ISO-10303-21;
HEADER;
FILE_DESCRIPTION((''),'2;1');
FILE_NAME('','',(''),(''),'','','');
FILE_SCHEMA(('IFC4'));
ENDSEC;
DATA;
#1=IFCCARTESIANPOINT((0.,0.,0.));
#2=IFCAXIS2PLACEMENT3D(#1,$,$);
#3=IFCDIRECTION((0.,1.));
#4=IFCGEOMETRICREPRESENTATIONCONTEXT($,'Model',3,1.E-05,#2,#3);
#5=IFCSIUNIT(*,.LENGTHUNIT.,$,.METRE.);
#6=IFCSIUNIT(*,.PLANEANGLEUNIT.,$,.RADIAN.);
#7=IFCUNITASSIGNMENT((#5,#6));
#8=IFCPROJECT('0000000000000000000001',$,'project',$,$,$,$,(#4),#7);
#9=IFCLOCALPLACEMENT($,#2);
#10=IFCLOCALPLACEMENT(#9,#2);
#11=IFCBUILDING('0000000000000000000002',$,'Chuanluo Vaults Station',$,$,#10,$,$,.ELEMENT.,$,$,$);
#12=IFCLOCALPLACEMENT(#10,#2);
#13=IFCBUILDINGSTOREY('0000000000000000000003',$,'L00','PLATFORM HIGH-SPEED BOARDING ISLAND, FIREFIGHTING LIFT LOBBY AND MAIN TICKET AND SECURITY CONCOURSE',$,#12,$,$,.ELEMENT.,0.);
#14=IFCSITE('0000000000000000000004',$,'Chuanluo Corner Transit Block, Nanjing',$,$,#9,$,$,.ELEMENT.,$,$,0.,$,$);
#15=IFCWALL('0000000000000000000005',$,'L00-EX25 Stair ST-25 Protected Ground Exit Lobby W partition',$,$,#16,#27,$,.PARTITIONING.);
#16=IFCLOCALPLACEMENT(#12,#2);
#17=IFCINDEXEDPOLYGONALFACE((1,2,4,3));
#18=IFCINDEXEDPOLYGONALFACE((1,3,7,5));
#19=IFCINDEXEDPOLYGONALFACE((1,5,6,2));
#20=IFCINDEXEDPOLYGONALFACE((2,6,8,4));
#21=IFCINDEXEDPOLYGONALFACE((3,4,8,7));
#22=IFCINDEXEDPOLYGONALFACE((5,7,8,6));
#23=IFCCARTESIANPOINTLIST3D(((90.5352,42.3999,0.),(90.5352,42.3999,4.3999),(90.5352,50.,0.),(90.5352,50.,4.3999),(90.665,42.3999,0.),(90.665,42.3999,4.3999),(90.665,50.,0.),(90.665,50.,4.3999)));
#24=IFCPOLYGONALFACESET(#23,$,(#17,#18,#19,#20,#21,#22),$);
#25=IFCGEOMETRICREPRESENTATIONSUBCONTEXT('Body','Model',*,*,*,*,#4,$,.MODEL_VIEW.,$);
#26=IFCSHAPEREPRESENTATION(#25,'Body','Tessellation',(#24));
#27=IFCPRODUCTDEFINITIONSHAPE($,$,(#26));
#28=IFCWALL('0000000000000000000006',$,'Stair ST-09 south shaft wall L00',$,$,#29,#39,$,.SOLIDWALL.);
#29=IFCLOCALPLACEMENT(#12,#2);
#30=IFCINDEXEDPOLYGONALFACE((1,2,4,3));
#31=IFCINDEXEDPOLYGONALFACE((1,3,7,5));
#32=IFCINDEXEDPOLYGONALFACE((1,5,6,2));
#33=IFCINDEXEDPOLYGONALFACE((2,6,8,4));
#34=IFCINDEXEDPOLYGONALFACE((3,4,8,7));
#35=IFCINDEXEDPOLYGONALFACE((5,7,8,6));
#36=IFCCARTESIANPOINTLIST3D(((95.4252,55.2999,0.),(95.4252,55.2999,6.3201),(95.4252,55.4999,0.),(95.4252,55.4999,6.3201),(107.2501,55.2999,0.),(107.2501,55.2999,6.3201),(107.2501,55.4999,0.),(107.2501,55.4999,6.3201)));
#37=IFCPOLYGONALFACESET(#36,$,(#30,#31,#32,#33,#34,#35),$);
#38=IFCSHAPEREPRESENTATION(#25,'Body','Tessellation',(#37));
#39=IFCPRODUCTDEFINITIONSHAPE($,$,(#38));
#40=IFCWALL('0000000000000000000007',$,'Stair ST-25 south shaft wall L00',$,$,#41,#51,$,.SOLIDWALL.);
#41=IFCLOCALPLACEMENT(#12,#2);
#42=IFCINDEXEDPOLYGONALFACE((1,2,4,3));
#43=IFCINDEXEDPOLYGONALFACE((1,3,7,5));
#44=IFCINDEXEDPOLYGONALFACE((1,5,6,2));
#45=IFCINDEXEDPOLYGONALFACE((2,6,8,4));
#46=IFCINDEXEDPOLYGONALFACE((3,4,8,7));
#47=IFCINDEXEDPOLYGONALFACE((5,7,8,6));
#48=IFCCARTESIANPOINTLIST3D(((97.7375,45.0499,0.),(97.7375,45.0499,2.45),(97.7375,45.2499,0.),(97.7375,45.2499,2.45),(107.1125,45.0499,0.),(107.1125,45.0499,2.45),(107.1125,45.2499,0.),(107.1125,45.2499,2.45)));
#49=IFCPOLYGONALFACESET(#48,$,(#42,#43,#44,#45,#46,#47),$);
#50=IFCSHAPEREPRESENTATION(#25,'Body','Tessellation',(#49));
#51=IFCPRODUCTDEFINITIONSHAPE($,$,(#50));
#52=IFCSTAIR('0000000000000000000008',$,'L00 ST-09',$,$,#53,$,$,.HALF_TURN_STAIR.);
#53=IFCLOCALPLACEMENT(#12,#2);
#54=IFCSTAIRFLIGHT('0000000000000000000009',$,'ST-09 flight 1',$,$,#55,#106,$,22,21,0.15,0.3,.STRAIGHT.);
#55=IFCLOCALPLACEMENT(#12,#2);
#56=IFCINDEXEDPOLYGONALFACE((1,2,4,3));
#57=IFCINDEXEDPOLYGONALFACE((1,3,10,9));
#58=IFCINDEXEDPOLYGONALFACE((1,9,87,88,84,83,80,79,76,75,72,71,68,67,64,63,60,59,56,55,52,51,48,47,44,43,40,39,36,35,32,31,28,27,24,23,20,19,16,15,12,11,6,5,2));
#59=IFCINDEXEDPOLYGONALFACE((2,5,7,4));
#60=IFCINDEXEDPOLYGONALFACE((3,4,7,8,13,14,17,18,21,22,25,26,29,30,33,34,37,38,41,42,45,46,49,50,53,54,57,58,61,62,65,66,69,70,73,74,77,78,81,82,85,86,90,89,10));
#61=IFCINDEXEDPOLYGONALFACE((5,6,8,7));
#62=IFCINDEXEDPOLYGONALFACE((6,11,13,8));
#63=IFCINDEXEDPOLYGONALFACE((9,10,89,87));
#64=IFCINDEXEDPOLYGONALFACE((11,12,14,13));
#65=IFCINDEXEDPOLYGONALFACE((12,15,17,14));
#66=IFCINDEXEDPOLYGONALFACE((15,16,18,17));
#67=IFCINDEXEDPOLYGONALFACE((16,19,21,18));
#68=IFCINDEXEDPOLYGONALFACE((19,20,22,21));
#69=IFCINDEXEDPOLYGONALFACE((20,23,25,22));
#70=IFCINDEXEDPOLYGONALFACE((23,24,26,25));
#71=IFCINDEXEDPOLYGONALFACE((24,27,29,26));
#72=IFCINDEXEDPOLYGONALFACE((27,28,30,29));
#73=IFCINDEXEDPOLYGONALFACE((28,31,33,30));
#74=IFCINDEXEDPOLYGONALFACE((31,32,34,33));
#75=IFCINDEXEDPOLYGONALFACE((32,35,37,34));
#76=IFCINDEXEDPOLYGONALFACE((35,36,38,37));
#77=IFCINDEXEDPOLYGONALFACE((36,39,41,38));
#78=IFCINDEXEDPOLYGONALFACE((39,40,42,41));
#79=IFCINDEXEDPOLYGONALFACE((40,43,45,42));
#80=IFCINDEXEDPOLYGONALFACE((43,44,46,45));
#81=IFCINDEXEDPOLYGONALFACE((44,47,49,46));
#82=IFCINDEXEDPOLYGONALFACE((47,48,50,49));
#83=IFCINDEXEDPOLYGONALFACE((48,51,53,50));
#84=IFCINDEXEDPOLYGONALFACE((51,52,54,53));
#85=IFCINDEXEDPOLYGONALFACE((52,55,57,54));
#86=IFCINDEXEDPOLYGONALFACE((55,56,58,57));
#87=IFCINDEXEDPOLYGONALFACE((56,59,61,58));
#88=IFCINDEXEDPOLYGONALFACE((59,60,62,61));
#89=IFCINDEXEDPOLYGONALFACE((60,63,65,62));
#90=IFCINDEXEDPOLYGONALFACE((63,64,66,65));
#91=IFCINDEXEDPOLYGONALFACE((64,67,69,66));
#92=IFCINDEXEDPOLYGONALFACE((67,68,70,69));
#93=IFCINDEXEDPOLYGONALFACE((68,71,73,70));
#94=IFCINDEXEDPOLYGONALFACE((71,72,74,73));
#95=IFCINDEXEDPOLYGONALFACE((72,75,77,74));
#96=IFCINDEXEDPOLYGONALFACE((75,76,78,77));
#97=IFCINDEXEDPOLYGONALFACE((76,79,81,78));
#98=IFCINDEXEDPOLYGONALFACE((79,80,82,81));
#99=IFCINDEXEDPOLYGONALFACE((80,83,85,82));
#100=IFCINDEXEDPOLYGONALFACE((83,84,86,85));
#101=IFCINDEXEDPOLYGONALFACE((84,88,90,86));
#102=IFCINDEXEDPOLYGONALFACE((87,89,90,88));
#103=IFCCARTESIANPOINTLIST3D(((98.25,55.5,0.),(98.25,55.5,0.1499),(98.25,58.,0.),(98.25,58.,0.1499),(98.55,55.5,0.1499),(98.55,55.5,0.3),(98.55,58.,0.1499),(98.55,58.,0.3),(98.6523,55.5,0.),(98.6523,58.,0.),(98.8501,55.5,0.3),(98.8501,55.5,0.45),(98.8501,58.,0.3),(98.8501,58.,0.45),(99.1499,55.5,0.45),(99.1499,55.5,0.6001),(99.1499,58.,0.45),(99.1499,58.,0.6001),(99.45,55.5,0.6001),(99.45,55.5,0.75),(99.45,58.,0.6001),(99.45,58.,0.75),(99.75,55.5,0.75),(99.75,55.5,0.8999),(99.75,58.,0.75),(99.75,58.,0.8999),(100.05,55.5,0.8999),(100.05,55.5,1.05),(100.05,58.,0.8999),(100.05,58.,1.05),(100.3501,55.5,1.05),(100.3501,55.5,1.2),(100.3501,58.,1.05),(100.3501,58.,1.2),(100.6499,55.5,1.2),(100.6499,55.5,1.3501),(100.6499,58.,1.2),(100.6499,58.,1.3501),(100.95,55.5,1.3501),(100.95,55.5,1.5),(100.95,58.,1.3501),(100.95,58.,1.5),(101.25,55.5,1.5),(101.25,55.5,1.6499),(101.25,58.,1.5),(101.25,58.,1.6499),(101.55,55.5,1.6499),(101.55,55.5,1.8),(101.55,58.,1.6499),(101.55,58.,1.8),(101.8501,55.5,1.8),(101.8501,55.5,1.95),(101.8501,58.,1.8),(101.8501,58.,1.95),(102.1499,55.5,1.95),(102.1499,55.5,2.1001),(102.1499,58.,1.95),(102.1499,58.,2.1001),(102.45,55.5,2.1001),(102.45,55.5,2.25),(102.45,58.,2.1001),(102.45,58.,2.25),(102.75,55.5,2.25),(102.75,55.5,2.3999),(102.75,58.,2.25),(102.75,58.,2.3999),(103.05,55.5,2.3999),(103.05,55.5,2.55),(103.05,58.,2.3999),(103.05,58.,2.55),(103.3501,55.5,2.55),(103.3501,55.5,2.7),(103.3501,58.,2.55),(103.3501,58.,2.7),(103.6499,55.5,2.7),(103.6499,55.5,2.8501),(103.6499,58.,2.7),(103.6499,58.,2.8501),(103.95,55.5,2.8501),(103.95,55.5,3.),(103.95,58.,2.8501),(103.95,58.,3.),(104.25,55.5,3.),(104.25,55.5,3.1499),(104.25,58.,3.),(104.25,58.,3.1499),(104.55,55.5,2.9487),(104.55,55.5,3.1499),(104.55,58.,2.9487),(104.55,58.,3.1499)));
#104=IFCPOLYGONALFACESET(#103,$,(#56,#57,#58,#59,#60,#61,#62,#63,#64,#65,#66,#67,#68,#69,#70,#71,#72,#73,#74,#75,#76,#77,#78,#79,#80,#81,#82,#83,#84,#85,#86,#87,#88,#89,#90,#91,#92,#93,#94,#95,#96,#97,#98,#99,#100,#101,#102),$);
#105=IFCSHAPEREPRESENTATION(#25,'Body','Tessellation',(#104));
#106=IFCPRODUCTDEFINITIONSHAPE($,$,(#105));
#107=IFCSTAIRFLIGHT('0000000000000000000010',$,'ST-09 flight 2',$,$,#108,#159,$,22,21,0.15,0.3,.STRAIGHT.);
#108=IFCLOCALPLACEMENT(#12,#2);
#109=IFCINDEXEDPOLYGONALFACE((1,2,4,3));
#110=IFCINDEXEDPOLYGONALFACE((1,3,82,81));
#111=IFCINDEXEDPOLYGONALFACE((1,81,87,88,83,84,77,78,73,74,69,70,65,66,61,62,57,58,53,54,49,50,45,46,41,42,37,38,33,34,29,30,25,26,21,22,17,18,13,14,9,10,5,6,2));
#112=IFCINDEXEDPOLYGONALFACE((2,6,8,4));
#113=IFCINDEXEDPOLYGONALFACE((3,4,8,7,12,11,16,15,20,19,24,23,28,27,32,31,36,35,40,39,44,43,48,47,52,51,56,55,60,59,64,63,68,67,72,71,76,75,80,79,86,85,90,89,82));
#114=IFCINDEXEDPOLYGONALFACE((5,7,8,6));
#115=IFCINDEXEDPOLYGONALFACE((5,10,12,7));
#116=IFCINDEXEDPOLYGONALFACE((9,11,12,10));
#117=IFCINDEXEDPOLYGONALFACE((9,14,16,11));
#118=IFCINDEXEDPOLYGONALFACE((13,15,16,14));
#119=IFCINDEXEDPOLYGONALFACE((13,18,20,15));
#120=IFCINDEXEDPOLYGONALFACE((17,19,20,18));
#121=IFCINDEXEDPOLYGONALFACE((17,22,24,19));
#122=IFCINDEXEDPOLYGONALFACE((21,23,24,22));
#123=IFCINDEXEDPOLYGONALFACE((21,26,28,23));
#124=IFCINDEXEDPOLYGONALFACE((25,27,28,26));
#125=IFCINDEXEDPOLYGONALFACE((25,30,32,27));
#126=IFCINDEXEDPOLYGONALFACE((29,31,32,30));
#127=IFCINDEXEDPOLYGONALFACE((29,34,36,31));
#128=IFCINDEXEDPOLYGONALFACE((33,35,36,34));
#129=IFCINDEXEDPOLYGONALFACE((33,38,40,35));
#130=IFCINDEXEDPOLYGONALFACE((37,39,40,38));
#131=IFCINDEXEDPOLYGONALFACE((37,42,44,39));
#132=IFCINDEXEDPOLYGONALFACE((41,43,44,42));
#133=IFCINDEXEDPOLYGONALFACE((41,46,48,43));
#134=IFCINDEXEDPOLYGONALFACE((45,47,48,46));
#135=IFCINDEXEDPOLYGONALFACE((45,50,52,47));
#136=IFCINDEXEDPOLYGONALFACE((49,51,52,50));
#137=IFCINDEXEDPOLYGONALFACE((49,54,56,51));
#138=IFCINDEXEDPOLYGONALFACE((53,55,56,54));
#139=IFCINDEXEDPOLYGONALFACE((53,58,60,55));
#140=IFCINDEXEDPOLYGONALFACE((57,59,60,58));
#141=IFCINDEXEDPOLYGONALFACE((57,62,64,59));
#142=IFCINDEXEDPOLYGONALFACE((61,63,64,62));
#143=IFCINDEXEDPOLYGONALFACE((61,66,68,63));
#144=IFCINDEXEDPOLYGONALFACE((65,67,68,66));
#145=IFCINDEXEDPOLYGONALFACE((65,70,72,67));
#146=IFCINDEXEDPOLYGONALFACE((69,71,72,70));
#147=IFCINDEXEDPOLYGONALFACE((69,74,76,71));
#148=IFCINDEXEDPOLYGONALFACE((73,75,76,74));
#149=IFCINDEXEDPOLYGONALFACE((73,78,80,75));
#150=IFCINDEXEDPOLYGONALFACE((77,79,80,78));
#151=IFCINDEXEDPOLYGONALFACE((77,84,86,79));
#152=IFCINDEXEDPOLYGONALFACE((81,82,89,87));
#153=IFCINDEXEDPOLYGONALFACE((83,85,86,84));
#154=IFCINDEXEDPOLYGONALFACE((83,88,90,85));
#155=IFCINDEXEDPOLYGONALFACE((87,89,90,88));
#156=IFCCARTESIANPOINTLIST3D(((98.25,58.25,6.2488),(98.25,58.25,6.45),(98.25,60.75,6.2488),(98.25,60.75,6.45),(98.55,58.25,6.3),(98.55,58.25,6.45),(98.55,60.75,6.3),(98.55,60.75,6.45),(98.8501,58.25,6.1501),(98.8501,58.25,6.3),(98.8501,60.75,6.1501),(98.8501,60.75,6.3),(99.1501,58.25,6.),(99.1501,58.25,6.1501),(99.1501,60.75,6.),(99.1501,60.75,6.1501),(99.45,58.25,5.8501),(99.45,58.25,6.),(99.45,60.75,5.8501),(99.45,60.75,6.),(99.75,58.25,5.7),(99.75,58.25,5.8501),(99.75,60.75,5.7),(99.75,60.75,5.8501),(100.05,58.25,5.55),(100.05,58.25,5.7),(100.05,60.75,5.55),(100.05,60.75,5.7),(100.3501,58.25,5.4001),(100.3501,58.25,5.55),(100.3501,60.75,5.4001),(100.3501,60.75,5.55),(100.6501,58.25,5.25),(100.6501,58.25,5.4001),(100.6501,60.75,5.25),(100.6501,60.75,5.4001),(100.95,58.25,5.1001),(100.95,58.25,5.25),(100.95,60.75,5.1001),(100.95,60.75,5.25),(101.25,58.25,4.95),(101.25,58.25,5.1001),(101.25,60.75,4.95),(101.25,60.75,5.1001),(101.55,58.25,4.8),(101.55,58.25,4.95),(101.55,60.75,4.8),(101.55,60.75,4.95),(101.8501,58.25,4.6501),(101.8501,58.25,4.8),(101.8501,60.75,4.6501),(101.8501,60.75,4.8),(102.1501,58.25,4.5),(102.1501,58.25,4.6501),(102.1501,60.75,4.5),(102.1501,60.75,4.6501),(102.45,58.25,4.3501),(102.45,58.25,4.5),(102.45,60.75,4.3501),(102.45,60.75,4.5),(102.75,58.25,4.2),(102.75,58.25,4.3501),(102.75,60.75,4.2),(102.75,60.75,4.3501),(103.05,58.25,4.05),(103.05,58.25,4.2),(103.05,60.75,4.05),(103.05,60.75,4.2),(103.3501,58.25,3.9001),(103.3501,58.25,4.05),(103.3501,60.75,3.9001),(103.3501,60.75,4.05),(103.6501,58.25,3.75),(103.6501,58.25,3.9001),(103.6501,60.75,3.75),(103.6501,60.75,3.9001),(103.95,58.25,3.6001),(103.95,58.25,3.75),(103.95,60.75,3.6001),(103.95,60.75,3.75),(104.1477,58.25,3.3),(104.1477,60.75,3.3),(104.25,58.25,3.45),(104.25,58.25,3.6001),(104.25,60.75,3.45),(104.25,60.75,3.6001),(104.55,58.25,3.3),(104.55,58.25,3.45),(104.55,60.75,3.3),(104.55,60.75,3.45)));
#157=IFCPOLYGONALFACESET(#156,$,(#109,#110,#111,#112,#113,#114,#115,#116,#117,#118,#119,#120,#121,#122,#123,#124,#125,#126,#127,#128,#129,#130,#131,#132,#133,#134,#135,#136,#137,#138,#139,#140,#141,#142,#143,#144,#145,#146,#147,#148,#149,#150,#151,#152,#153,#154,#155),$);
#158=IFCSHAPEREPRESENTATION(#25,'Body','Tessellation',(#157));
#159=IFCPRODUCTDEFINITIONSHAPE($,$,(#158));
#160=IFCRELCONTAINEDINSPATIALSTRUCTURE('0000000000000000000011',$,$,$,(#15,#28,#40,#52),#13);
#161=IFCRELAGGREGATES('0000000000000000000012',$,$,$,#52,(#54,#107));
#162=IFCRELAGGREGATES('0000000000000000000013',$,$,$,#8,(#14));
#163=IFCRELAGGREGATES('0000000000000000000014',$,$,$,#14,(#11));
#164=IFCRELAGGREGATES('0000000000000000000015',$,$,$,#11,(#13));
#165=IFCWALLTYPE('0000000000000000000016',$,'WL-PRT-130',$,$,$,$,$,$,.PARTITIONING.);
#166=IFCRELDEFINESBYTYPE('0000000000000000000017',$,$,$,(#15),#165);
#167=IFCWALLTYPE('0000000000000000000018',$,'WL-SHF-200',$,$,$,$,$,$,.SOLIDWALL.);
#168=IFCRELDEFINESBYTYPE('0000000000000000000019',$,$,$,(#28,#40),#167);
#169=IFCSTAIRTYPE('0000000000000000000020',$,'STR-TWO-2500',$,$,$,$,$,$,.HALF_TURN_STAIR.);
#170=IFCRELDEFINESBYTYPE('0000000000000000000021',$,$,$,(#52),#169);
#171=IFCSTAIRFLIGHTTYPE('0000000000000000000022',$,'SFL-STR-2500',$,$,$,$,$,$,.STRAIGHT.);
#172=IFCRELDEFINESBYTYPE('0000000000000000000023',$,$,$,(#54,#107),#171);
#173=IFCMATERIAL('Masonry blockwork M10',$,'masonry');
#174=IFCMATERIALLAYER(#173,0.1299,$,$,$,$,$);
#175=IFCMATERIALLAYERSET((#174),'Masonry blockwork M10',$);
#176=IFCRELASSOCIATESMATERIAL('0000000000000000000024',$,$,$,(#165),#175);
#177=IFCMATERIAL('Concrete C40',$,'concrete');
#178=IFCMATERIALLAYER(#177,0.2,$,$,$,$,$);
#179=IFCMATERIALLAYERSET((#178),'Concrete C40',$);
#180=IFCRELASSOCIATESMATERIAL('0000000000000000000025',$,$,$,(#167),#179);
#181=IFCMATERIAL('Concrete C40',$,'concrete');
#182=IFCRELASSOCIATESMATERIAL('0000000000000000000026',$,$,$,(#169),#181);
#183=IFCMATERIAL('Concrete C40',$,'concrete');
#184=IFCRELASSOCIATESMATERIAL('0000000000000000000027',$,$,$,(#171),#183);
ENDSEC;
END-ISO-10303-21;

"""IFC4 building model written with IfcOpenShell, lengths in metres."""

from ifc_helpers import new_model, si_unit, direction, frame, frame_2d, origin, place, context, subcontext, project, spatial, polyline, rectangle, outline, extrude, material, layer, layer_set, type_object, element, aggregate, save


model = new_model("IFC4")

# Units and contexts
model_context = context("Model", 3, precision=1e-05, world=origin(), true_north=direction((0.0, 1.0)))
body_context = subcontext(model_context, "Body", "Model", "MODEL_VIEW")
ifc_project = project(units=[si_unit("LENGTHUNIT", "METRE"), si_unit("PLANEANGLEUNIT", "RADIAN")], contexts=[model_context])

# Site, building, storey
site_placement = place(None, origin())
site = spatial("IfcSite", under=ifc_project, at=site_placement, Name="Chuanluo Corner Transit Block, Nanjing", CompositionType="ELEMENT", RefElevation=0.0)
building_placement = place(site_placement, origin())
building = spatial("IfcBuilding", under=site, at=building_placement, Name="Chuanluo Vaults Station", CompositionType="ELEMENT")
storey_placement = place(building_placement, origin())
storey = spatial("IfcBuildingStorey", under=building, at=storey_placement, Name="L00", Description="PLATFORM HIGH-SPEED BOARDING ISLAND, FIREFIGHTING LIFT LOBBY AND MAIN TICKET AND SECURITY CONCOURSE", CompositionType="ELEMENT", Elevation=0.0)

# Shared definitions
ifc_material_1 = material(Name="Masonry blockwork M10", Category="masonry")
ifc_layer_1 = layer(ifc_material_1, 0.1299)
ifc_layer_set_1 = layer_set([ifc_layer_1], Name="Masonry blockwork M10")
wall_type_1 = type_object("IfcWallType", Name="WL-PRT-130", PredefinedType="PARTITIONING", material=ifc_layer_set_1)

# Walls
wall_1_placement = place(storey_placement, frame((90.6001, 42.3999, 0.0), z_axis=(0.0, 0.0, 1.0), x_axis=(0.0, 1.0, 0.0)))
element("IfcWall", 1, at=wall_1_placement, inside=storey, type_object=wall_type_1, Name="L00-EX25 Stair ST-25 Protected Ground Exit Lobby W partition", PredefinedType="PARTITIONING", context=body_context, shape_type="SweptSolid", body=[
    extrude(rectangle(XDim=7.6001, YDim=0.1299, at=frame_2d((3.8, 0.0))), origin(), (0.0, 0.0, 1.0), 4.3999),
])
ifc_material_2 = material(Name="Concrete C40", Category="concrete")
ifc_layer_2 = layer(ifc_material_2, 0.2)
ifc_layer_set_2 = layer_set([ifc_layer_2], Name="Concrete C40")
wall_type_2 = type_object("IfcWallType", Name="WL-SHF-200", PredefinedType="SOLIDWALL", material=ifc_layer_set_2)
wall_2_placement = place(storey_placement, frame((95.425, 55.3999, 0.0), z_axis=(0.0, 0.0, 1.0), x_axis=(1.0, 0.0, 0.0)))
element("IfcWall", 2, at=wall_2_placement, inside=storey, type_object=wall_type_2, Name="Stair ST-09 south shaft wall L00", PredefinedType="SOLIDWALL", context=body_context, shape_type="SweptSolid", body=[
    extrude(rectangle(XDim=11.825, YDim=0.2, at=frame_2d((5.9126, 0.0))), origin(), (0.0, 0.0, 1.0), 6.3201),
])

# Wall
wall_3_placement = place(storey_placement, frame((97.7375, 45.1499, 0.0), z_axis=(0.0, 0.0, 1.0), x_axis=(1.0, 0.0, 0.0)))
element("IfcWall", 3, at=wall_3_placement, inside=storey, type_object=wall_type_2, Name="Stair ST-25 south shaft wall L00", PredefinedType="SOLIDWALL", context=body_context, shape_type="SweptSolid", body=[
    extrude(rectangle(XDim=9.375, YDim=0.2, at=frame_2d((4.6875, 0.0))), origin(), (0.0, 0.0, 1.0), 2.45),
])

# Stair, stair flights
ifc_material_3 = material(Name="Concrete C40", Category="concrete")
stair_type = type_object("IfcStairType", Name="STR-TWO-2500", PredefinedType="HALF_TURN_STAIR", material=ifc_material_3)
stair_placement = place(storey_placement, origin())
stair = element("IfcStair", 4, at=stair_placement, inside=storey, type_object=stair_type, Name="L00 ST-09", PredefinedType="HALF_TURN_STAIR")
ifc_material_4 = material(Name="Concrete C40", Category="concrete")
stair_flight_type = type_object("IfcStairFlightType", Name="SFL-STR-2500", PredefinedType="STRAIGHT", material=ifc_material_4)
stair_flight_1_placement = place(storey_placement, frame((98.25, 56.75, 0.0), z_axis=(0.0, 0.0, 1.0), x_axis=(1.0, 0.0, 0.0)))
stair_flight_1 = element("IfcStairFlight", 5, at=stair_flight_1_placement, type_object=stair_flight_type, Name="ST-09 flight 1", NumberOfRisers=22, NumberOfTreads=21, PredefinedType="STRAIGHT", RiserHeight=0.15, TreadLength=0.3, context=body_context, shape_type="SweptSolid", body=[
    extrude(outline(polyline([(0.0, 0.0), (0.0, 0.1499), (0.3, 0.1499), (0.3, 0.3), (0.6001, 0.3), (0.6001, 0.45), (0.8999, 0.45), (0.8999, 0.6001), (1.2, 0.6001), (1.2, 0.75), (1.5, 0.75), (1.5, 0.8999), (1.8, 0.8999), (1.8, 1.05), (2.1001, 1.05), (2.1001, 1.2), (2.3999, 1.2), (2.3999, 1.3501), (2.7, 1.3501), (2.7, 1.5), (3.0, 1.5), (3.0, 1.6499), (3.3, 1.6499), (3.3, 1.8), (3.6001, 1.8), (3.6001, 1.95), (3.8999, 1.95), (3.8999, 2.1001), (4.2, 2.1001), (4.2, 2.25), (4.5, 2.25), (4.5, 2.3999), (4.8, 2.3999), (4.8, 2.55), (5.1001, 2.55), (5.1001, 2.7), (5.3999, 2.7), (5.3999, 2.8501), (5.7, 2.8501), (5.7, 3.0), (6.0, 3.0), (6.0, 3.1499), (6.3, 3.1499), (6.3, 3.3), (6.3, 2.9487), (0.4023, 0.0), (0.0, 0.0)])), frame((0.0, 1.25, 0.0), z_axis=(0.0, -1.0, 0.0), x_axis=(1.0, 0.0, 0.0)), (0.0, 0.0, 1.0), 2.5),
])
stair_flight_2_placement = place(storey_placement, frame((104.55, 59.5, 3.3), z_axis=(0.0, 0.0, 1.0), x_axis=(-1.0, 0.0, 0.0)))
stair_flight_2 = element("IfcStairFlight", 6, at=stair_flight_2_placement, type_object=stair_flight_type, Name="ST-09 flight 2", NumberOfRisers=22, NumberOfTreads=21, PredefinedType="STRAIGHT", RiserHeight=0.15, TreadLength=0.3, context=body_context, shape_type="SweptSolid", body=[
    extrude(outline(polyline([(0.0, 0.0), (0.0, 0.1499), (0.3, 0.1499), (0.3, 0.3), (0.6001, 0.3), (0.6001, 0.45), (0.8999, 0.45), (0.8999, 0.6001), (1.2, 0.6001), (1.2, 0.75), (1.5, 0.75), (1.5, 0.8999), (1.8, 0.8999), (1.8, 1.05), (2.1001, 1.05), (2.1001, 1.2), (2.3999, 1.2), (2.3999, 1.3501), (2.7, 1.3501), (2.7, 1.5), (3.0, 1.5), (3.0, 1.6499), (3.3, 1.6499), (3.3, 1.8), (3.6001, 1.8), (3.6001, 1.95), (3.8999, 1.95), (3.8999, 2.1001), (4.2, 2.1001), (4.2, 2.25), (4.5, 2.25), (4.5, 2.3999), (4.8, 2.3999), (4.8, 2.55), (5.1001, 2.55), (5.1001, 2.7), (5.3999, 2.7), (5.3999, 2.8501), (5.7, 2.8501), (5.7, 3.0), (6.0, 3.0), (6.0, 3.1499), (6.3, 3.1499), (6.3, 3.3), (6.3, 2.9487), (0.4023, 0.0), (0.0, 0.0)])), frame((0.0, 1.25, 0.0), z_axis=(0.0, -1.0, 0.0), x_axis=(1.0, 0.0, 0.0)), (0.0, 0.0, 1.0), 2.5),
])
aggregate(stair, [stair_flight_1, stair_flight_2])

save(model, "model.ifc")
